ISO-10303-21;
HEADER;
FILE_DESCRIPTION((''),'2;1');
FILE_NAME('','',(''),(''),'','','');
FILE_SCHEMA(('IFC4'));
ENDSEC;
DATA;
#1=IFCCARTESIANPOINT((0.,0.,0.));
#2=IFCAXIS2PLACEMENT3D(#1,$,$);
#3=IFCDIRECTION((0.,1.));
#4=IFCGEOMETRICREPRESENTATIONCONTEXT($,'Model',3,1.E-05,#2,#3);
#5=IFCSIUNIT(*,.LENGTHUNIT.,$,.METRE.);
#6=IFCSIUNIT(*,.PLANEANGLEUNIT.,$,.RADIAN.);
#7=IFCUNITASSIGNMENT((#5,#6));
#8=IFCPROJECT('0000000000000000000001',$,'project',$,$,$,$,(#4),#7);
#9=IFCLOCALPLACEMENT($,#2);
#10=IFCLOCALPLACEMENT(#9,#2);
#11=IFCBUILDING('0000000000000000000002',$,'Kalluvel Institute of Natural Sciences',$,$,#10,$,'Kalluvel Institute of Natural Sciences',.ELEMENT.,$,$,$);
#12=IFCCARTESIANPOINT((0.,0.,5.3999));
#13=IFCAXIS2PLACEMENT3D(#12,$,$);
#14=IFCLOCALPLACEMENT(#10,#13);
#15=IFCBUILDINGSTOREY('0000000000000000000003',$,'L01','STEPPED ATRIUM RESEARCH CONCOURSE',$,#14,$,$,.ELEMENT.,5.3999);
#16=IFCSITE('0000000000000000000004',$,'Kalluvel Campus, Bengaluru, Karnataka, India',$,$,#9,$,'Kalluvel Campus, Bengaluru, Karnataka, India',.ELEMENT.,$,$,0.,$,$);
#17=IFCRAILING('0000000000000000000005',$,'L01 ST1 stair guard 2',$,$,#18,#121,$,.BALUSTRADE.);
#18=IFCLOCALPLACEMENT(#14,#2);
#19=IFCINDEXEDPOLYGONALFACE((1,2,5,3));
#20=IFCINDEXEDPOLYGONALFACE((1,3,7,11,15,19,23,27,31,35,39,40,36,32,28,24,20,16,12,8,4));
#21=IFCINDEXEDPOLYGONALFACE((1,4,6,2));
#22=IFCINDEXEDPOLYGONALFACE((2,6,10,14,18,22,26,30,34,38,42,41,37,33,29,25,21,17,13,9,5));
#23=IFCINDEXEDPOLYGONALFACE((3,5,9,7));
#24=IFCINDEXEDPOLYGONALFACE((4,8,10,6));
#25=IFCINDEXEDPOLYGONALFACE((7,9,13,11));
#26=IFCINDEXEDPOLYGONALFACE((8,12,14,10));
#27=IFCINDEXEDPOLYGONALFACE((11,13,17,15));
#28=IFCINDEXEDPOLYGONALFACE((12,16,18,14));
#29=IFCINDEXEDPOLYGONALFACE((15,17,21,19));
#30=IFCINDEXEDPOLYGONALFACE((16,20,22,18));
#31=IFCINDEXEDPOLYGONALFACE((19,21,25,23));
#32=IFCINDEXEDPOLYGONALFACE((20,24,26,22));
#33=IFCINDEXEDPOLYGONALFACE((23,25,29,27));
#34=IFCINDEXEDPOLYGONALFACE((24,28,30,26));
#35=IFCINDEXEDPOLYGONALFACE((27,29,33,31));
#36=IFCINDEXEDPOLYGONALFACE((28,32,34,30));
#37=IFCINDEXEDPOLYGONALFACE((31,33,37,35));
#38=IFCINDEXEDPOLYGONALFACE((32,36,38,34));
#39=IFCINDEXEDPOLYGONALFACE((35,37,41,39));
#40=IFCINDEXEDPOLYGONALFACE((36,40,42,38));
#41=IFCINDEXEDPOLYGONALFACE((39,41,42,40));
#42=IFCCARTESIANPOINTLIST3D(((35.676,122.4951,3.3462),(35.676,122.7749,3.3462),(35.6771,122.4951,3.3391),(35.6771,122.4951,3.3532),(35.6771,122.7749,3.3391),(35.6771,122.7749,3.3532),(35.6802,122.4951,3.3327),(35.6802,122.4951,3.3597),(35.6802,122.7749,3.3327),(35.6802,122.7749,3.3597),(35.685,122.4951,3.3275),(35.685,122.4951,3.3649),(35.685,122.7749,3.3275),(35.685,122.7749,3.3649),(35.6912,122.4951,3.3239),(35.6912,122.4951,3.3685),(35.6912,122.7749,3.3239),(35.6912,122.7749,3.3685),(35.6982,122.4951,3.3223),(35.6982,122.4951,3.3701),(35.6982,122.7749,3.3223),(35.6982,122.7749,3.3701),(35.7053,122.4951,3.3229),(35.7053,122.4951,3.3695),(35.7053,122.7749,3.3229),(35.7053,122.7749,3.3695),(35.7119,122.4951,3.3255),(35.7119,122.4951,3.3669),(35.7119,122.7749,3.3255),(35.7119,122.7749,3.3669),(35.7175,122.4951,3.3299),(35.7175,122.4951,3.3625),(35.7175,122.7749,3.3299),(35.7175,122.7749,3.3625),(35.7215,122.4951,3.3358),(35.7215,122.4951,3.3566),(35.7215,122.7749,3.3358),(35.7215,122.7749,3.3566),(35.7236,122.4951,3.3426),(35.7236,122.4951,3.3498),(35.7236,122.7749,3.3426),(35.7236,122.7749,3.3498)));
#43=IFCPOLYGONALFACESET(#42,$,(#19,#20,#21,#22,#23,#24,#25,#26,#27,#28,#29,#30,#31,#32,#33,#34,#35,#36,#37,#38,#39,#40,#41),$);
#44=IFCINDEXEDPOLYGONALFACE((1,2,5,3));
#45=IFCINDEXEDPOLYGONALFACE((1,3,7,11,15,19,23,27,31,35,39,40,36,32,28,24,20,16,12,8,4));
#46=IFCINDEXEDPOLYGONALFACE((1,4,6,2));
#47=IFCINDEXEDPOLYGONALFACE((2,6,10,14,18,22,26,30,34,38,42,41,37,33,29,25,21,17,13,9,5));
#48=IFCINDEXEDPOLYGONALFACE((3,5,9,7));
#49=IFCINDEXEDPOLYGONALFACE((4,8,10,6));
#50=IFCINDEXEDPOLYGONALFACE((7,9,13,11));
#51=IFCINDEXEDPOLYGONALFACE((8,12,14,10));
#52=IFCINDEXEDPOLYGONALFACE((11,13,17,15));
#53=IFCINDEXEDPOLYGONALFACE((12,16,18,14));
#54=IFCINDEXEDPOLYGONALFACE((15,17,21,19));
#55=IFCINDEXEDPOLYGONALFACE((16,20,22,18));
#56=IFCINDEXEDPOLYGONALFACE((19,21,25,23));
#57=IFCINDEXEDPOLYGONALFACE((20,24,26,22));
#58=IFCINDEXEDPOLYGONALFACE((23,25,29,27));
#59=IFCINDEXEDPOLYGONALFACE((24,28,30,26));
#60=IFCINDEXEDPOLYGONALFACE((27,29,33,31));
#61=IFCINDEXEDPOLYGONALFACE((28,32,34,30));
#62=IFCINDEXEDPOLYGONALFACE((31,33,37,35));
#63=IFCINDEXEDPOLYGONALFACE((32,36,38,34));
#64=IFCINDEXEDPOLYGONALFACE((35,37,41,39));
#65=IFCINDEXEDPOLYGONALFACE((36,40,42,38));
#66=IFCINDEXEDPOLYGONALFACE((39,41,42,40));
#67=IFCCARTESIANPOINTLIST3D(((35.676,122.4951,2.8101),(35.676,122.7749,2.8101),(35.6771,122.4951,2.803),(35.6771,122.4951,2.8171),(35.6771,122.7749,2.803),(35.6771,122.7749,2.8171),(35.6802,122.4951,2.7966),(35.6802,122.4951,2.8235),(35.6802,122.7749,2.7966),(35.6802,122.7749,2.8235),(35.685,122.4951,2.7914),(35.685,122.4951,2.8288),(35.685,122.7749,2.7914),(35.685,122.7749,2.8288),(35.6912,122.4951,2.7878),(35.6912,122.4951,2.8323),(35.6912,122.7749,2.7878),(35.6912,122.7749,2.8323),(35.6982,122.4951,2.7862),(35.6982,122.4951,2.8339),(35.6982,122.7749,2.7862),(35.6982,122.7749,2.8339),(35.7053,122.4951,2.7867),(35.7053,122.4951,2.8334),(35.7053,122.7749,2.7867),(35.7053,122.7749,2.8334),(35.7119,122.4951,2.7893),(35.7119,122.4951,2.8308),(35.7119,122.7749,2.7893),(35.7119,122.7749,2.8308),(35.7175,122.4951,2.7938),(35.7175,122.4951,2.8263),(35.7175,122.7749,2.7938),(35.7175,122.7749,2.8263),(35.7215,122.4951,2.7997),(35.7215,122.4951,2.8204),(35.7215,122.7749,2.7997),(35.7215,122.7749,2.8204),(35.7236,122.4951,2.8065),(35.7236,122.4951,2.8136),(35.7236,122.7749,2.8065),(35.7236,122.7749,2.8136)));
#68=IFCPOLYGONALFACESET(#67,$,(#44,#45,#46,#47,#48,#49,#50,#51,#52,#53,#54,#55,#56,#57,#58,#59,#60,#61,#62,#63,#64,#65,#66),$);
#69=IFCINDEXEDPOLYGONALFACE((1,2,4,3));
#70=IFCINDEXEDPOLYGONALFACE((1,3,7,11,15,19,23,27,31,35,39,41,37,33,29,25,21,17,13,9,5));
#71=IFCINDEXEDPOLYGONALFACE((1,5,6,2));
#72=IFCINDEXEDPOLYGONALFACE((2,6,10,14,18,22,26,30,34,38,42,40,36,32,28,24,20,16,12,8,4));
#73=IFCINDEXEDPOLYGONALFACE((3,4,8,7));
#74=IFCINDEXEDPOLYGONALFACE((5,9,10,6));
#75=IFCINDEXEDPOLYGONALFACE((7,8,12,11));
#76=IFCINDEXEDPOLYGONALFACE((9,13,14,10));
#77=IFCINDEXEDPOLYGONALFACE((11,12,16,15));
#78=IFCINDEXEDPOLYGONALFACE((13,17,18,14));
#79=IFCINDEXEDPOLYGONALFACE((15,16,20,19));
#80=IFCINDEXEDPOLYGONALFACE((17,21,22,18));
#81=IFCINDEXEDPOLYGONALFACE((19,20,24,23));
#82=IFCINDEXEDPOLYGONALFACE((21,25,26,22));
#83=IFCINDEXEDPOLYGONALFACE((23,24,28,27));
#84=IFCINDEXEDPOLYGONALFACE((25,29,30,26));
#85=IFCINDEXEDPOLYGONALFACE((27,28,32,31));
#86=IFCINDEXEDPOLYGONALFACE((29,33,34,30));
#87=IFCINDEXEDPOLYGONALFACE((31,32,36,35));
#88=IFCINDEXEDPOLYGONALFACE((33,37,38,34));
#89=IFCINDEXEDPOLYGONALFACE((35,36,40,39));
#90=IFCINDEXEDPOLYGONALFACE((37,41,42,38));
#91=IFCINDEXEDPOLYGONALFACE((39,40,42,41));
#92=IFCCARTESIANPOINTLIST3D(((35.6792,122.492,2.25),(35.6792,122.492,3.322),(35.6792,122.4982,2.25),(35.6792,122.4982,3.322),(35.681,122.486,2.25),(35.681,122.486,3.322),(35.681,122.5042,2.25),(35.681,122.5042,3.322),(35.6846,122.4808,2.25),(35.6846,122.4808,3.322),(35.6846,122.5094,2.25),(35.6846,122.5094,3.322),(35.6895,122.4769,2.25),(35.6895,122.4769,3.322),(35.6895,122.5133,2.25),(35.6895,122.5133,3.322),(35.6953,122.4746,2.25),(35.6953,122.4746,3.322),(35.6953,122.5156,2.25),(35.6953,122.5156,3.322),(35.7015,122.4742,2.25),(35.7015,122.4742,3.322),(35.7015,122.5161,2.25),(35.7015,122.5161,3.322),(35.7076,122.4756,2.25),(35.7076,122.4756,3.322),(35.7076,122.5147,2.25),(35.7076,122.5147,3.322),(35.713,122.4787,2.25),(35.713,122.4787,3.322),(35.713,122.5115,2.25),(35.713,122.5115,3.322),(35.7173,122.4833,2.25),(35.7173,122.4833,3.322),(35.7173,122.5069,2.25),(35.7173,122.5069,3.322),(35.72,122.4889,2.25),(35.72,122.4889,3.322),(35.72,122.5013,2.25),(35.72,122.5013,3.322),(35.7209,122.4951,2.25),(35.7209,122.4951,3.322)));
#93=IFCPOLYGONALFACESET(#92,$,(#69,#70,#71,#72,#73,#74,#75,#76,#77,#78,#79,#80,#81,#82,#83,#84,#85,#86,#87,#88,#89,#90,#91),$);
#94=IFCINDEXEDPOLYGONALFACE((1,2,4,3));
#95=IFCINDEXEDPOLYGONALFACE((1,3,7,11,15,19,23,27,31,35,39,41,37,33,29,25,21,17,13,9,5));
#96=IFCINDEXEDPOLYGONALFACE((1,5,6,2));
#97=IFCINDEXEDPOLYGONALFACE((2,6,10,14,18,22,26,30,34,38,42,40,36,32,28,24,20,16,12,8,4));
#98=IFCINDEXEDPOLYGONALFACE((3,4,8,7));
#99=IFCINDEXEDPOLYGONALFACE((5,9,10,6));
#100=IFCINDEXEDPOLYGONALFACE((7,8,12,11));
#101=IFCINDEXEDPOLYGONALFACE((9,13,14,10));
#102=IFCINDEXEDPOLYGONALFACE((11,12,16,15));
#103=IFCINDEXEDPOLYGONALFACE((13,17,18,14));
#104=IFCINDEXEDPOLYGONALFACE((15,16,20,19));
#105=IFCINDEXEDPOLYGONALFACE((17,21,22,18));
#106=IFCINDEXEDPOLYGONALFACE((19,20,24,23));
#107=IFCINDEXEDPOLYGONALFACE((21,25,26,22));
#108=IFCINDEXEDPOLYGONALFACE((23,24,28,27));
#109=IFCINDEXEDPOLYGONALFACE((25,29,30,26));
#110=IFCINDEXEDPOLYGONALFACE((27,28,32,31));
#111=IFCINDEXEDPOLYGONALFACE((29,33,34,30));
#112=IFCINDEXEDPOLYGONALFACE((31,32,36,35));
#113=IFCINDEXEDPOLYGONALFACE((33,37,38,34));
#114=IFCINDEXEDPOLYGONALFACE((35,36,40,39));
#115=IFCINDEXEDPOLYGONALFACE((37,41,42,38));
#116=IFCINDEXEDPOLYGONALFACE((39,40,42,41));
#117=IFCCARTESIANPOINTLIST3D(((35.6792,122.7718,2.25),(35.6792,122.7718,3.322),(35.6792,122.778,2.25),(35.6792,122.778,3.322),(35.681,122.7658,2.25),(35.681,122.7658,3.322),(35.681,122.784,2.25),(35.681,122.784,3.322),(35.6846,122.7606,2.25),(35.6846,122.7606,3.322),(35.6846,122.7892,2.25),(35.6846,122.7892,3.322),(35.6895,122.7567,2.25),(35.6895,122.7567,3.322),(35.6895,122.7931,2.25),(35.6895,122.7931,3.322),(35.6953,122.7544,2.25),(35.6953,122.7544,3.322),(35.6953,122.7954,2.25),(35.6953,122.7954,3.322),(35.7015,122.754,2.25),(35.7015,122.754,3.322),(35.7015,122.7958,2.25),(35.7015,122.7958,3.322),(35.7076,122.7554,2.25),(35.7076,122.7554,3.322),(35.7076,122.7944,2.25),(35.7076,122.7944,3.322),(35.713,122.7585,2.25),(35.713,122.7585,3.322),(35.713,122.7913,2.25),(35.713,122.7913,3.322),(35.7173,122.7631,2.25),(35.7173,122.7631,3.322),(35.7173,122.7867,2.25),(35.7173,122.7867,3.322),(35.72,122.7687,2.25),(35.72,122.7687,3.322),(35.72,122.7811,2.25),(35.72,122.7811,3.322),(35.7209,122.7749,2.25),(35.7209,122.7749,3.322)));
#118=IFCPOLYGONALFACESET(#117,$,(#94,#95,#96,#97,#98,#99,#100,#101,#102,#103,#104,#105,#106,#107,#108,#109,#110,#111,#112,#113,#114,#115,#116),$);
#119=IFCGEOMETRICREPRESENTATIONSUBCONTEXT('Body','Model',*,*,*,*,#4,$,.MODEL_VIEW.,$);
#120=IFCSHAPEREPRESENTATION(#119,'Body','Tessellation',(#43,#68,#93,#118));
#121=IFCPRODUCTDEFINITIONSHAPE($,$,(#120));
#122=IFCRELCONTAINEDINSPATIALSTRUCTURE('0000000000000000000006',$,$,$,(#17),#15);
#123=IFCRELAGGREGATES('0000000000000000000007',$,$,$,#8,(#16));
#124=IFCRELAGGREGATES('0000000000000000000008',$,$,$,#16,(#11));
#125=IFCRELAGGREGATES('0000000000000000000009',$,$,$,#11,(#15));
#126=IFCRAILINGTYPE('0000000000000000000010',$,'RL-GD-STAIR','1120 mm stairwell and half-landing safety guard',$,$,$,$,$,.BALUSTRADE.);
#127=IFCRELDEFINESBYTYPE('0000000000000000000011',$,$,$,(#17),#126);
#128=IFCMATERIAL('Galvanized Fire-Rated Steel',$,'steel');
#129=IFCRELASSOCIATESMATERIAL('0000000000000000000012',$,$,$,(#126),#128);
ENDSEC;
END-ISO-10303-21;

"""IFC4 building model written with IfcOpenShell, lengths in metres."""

from ifc_helpers import new_model, si_unit, direction, frame, origin, origin_2d, place, context, subcontext, project, spatial, circle, extrude, material, type_object, element, save


model = new_model("IFC4")

# Units and contexts
model_context = context("Model", 3, precision=1e-05, world=origin(), true_north=direction((0.0, 1.0)))
body_context = subcontext(model_context, "Body", "Model", "MODEL_VIEW")
ifc_project = project(units=[si_unit("LENGTHUNIT", "METRE"), si_unit("PLANEANGLEUNIT", "RADIAN")], contexts=[model_context])

# Site, building, storey
site_placement = place(None, origin())
site = spatial("IfcSite", under=ifc_project, at=site_placement, Name="Kalluvel Campus, Bengaluru, Karnataka, India", LongName="Kalluvel Campus, Bengaluru, Karnataka, India", CompositionType="ELEMENT", RefElevation=0.0)
building_placement = place(site_placement, origin())
building = spatial("IfcBuilding", under=site, at=building_placement, Name="Kalluvel Institute of Natural Sciences", LongName="Kalluvel Institute of Natural Sciences", CompositionType="ELEMENT")
storey_placement = place(building_placement, frame((0.0, 0.0, 5.3999)))
storey = spatial("IfcBuildingStorey", under=building, at=storey_placement, Name="L01", Description="STEPPED ATRIUM RESEARCH CONCOURSE", CompositionType="ELEMENT", Elevation=5.3999)

# Shared definitions
ifc_material_1 = material(Name="Galvanized Fire-Rated Steel", Category="steel")

# Railing
railing_type_1 = type_object("IfcRailingType", Name="RL-GD-STAIR", Description="1120 mm stairwell and half-landing safety guard", PredefinedType="BALUSTRADE", material=ifc_material_1)
railing_1_placement = place(storey_placement, frame((35.7, 122.4951, 2.25)))
element("IfcRailing", 1, at=railing_1_placement, inside=storey, type_object=railing_type_1, Name="L01 ST1 stair guard 2", PredefinedType="BALUSTRADE", context=body_context, shape_type="SweptSolid", body=[
    extrude(circle(Radius=0.0239, at=origin_2d()), frame((0.0, 0.0, 1.0962), z_axis=(0.0, 1.0, 0.0), x_axis=(-1.0, 0.0, 0.0)), (0.0, 0.0, 1.0), 0.2798),
    extrude(circle(Radius=0.0239, at=origin_2d()), frame((0.0, 0.0, 0.5601), z_axis=(0.0, 1.0, 0.0), x_axis=(-1.0, 0.0, 0.0)), (0.0, 0.0, 1.0), 0.2798),
    extrude(circle(Radius=0.021, at=origin_2d()), origin(), (0.0, 0.0, 1.0), 1.072),
    extrude(circle(Radius=0.021, at=origin_2d()), frame((0.0, 0.2798, 0.0)), (0.0, 0.0, 1.0), 1.072),
])

save(model, "model.ifc")
